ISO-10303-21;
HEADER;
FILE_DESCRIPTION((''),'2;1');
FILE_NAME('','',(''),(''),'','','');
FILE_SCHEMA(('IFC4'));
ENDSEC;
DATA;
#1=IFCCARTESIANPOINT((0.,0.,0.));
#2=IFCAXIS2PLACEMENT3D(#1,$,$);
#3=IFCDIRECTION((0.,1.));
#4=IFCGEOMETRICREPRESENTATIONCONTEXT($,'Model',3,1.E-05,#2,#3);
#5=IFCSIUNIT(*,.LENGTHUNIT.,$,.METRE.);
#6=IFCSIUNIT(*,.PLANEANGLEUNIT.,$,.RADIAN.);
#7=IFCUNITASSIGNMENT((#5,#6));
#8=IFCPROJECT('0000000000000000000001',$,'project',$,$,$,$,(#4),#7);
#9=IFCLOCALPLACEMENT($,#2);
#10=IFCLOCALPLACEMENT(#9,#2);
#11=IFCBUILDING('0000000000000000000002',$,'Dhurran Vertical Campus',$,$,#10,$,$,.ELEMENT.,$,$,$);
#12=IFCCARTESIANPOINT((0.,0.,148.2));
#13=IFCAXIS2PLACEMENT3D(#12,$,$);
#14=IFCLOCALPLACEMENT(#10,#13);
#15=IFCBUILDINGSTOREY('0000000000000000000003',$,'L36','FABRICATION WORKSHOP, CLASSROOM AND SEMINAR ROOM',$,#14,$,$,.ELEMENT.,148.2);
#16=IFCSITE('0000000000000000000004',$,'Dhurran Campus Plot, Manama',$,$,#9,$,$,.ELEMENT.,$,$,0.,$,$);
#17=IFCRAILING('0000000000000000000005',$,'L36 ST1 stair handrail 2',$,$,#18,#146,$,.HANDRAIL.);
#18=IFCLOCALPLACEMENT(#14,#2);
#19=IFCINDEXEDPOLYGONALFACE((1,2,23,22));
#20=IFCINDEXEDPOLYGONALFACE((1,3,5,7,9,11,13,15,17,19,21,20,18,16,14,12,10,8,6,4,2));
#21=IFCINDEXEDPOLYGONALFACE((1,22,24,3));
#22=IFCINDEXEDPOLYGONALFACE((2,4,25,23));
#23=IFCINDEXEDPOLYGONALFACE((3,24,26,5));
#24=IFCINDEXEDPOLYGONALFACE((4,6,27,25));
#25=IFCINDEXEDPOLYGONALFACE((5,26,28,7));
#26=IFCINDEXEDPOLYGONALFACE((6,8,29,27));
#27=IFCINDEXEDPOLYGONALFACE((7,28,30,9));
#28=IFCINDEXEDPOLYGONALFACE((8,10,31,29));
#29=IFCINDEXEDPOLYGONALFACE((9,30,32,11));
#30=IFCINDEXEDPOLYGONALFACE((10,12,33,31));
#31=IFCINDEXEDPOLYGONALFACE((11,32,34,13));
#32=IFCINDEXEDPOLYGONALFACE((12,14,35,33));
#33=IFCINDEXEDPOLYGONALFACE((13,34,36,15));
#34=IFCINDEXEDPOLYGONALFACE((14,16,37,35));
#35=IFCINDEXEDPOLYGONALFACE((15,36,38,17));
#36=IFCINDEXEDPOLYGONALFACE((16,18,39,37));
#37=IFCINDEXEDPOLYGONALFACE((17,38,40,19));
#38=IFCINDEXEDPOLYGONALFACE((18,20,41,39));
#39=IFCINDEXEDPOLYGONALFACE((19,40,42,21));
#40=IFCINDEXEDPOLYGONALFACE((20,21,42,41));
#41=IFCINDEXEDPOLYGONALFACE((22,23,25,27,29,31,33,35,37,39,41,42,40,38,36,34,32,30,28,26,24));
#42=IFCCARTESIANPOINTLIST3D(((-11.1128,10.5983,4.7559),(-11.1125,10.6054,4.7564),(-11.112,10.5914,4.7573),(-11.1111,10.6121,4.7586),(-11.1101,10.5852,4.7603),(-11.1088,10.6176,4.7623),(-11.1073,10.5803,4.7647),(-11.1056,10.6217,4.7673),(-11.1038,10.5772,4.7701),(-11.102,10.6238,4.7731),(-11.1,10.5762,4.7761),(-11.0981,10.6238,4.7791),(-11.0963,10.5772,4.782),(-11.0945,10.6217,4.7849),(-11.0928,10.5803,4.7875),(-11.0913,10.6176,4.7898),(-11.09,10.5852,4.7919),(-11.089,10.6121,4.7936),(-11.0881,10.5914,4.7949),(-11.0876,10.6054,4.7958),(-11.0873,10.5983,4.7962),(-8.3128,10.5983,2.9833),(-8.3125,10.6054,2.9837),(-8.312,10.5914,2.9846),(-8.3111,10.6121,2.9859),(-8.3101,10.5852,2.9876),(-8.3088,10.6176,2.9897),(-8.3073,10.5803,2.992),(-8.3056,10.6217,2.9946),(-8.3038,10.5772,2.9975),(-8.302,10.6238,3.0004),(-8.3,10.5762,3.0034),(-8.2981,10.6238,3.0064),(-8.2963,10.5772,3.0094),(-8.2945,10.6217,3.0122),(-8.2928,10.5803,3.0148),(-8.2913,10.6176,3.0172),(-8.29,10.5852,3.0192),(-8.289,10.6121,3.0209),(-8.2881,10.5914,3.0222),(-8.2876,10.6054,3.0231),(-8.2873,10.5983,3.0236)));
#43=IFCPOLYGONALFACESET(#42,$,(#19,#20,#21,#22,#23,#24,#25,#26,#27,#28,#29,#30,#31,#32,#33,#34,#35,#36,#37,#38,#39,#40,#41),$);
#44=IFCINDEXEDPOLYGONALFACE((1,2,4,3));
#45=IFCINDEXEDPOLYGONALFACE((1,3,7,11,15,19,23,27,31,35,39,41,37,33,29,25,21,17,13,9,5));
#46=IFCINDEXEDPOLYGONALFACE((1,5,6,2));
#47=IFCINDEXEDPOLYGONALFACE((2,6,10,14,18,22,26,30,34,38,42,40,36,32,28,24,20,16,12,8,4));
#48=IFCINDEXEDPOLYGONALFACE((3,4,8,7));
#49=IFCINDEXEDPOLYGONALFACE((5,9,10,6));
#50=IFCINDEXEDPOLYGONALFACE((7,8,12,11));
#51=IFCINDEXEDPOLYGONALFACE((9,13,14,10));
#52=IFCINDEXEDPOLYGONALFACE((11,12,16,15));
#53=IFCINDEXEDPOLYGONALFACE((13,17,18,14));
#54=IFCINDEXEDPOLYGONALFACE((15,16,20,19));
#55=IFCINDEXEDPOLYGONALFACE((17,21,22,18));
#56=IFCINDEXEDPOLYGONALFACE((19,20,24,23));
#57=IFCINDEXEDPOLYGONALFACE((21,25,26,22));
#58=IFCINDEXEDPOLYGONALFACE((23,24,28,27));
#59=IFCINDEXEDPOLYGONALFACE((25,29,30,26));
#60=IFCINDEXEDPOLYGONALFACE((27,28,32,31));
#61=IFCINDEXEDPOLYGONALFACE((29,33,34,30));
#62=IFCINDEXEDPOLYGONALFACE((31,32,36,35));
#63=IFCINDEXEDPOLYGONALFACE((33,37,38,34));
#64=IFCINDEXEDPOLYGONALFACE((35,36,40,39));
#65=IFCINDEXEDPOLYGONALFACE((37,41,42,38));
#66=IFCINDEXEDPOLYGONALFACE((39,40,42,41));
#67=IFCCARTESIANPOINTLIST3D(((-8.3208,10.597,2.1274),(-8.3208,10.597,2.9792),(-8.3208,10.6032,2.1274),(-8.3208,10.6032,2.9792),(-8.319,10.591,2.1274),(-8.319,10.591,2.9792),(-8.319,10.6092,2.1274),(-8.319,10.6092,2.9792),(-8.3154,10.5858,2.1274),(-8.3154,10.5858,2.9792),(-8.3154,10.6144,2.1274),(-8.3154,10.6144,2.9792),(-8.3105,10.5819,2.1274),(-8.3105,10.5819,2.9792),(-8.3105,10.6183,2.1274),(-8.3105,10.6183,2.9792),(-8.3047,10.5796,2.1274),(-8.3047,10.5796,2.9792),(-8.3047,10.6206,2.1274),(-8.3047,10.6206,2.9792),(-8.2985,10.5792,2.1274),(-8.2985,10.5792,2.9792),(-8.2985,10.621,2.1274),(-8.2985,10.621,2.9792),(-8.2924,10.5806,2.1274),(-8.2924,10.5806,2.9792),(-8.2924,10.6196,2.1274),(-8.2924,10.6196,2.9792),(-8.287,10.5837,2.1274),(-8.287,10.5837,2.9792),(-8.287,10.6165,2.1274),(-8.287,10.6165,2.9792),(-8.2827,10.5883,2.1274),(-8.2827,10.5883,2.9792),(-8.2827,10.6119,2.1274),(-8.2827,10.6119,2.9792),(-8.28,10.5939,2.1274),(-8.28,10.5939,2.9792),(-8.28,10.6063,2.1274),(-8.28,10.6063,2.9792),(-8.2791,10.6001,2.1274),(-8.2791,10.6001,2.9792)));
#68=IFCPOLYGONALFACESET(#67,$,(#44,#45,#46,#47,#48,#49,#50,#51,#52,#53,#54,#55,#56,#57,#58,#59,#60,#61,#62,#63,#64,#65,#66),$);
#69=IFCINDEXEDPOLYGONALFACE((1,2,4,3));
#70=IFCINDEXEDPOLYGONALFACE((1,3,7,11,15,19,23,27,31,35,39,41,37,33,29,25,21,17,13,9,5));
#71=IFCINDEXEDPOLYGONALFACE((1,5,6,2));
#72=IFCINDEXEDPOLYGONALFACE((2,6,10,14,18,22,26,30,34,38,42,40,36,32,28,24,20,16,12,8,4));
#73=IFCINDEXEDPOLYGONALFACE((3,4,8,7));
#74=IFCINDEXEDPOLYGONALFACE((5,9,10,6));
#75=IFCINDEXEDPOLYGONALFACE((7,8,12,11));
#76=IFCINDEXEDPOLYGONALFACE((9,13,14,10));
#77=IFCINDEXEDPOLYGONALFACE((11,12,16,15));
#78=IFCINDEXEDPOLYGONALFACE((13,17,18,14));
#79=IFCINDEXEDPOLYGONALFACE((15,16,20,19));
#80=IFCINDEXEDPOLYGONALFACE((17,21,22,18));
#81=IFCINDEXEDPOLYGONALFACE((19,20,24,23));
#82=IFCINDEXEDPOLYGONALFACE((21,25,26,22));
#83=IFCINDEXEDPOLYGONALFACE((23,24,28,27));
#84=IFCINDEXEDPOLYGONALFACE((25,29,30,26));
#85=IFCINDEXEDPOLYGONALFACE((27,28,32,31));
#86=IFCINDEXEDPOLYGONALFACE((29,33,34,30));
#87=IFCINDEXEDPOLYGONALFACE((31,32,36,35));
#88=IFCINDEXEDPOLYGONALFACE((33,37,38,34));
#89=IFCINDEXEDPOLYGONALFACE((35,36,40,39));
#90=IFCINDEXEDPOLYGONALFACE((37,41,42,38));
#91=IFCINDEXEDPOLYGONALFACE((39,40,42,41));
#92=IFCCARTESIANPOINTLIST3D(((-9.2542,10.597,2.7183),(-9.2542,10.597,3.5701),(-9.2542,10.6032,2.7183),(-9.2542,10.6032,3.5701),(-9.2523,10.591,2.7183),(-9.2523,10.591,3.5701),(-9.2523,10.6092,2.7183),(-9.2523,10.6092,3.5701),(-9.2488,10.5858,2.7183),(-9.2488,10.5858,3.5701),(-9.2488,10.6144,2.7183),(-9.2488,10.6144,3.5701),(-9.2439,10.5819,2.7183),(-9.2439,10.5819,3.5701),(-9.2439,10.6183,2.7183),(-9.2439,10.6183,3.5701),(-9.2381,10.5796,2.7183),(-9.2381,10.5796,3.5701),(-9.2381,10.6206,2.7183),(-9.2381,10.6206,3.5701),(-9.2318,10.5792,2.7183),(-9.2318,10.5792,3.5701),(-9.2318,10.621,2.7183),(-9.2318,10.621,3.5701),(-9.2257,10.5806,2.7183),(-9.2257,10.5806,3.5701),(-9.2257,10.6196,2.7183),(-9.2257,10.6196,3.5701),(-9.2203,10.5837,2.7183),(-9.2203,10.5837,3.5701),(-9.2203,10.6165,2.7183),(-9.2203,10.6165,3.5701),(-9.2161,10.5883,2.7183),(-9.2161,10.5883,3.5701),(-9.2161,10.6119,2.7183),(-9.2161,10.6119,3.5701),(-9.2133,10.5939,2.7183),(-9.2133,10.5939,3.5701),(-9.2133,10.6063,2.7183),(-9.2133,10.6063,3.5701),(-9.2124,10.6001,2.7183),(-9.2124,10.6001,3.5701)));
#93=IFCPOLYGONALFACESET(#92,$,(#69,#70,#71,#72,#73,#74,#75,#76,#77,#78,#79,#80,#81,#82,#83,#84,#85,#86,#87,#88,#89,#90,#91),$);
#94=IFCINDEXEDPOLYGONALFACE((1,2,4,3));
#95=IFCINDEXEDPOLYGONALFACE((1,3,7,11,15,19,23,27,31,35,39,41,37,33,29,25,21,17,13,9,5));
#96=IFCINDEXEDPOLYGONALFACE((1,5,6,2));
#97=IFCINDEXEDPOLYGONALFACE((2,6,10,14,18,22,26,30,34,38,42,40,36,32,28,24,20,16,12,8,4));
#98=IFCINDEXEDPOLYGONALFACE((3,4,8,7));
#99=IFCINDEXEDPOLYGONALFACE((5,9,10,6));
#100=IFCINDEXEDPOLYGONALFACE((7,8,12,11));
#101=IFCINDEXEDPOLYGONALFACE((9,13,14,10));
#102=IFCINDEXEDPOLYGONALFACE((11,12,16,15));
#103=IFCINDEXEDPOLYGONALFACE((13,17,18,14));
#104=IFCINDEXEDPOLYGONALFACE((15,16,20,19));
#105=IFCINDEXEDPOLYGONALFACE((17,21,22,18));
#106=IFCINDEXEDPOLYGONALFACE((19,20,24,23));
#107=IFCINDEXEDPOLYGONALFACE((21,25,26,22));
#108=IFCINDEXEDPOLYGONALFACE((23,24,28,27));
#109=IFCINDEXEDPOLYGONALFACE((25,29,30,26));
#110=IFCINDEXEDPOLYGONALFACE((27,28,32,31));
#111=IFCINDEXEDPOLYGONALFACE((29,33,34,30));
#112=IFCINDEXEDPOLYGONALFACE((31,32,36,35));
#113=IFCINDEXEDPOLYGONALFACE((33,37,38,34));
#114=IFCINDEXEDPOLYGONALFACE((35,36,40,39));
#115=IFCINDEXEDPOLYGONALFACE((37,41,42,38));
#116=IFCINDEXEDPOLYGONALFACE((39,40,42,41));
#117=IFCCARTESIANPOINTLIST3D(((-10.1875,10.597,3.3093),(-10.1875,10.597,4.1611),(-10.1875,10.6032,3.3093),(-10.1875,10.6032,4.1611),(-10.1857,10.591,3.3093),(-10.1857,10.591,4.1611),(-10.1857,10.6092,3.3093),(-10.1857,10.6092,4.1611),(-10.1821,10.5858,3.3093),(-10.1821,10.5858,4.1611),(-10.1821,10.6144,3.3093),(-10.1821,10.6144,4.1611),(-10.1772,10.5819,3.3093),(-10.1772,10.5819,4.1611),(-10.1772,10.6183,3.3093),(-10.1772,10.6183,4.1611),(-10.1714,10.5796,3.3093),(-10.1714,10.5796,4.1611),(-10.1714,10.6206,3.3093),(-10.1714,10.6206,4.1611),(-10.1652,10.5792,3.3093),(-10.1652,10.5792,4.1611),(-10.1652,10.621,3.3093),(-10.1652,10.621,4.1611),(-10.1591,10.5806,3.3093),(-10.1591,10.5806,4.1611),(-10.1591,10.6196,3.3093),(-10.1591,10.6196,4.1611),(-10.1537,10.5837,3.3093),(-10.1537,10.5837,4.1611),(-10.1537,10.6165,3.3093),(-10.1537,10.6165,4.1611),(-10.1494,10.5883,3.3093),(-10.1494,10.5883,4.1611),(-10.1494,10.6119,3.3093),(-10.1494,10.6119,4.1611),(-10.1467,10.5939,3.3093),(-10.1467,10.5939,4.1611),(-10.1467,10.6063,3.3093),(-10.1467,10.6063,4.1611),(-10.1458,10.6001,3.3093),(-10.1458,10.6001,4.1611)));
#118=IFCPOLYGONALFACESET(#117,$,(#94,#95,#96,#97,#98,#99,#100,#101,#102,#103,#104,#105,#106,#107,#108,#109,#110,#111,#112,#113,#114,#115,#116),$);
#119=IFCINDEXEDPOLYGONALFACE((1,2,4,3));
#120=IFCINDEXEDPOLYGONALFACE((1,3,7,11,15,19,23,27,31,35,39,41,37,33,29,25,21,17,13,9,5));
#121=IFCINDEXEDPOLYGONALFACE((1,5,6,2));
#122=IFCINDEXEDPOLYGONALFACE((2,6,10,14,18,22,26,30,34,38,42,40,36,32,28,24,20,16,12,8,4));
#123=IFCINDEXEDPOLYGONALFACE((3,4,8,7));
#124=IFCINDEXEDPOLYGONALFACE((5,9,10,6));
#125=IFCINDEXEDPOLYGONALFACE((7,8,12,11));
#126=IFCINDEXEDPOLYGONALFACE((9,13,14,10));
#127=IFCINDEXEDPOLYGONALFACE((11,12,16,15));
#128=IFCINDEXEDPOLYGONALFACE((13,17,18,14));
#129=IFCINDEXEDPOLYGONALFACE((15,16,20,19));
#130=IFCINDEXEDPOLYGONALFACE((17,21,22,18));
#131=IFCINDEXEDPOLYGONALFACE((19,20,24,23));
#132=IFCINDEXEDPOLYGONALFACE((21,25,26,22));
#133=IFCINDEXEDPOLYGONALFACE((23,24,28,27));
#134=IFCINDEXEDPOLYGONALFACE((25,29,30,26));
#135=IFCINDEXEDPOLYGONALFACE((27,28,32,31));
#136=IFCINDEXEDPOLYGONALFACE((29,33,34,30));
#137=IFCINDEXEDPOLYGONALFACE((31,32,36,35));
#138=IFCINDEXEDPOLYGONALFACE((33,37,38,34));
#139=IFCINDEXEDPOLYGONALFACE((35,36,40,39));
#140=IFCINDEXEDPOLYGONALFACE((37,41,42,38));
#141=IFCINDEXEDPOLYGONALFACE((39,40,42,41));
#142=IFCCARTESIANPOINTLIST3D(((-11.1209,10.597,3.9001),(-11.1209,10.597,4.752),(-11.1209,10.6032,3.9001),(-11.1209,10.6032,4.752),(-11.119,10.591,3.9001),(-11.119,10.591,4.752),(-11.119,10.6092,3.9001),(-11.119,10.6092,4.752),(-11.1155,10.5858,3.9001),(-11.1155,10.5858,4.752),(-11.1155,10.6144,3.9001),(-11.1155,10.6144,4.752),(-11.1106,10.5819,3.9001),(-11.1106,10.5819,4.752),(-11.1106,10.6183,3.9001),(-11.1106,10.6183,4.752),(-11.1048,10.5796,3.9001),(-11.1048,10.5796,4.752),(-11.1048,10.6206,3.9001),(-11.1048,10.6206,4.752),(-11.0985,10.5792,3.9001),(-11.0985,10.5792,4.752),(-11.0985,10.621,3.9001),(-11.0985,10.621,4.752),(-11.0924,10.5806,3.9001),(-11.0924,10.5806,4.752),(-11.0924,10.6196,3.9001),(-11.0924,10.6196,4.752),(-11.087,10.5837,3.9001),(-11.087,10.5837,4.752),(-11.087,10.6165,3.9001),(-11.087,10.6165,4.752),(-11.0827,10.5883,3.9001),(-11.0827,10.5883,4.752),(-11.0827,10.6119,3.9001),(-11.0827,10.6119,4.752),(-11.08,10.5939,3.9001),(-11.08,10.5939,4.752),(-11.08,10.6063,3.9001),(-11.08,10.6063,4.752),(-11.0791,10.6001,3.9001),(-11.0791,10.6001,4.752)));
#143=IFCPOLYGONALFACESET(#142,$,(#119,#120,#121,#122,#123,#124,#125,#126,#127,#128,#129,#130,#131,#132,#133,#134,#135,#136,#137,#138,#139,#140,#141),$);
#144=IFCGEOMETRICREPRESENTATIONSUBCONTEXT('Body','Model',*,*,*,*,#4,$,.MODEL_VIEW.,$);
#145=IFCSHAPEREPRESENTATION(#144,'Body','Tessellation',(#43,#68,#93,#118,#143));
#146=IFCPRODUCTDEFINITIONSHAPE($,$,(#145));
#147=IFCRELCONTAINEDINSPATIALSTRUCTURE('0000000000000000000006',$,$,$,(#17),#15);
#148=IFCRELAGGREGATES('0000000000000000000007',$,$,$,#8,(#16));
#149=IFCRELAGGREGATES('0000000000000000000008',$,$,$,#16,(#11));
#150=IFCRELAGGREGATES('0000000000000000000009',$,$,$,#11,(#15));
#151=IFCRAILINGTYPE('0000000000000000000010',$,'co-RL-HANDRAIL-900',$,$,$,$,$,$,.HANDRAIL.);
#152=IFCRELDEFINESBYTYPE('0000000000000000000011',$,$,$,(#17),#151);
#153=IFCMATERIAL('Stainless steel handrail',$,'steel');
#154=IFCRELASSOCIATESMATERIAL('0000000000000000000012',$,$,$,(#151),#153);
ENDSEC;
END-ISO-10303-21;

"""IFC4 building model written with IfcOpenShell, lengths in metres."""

from ifc_helpers import new_model, si_unit, direction, frame, origin, origin_2d, place, context, subcontext, project, spatial, circle, extrude, material, type_object, element, save


model = new_model("IFC4")

# Units and contexts
model_context = context("Model", 3, precision=1e-05, world=origin(), true_north=direction((0.0, 1.0)))
body_context = subcontext(model_context, "Body", "Model", "MODEL_VIEW")
ifc_project = project(units=[si_unit("LENGTHUNIT", "METRE"), si_unit("PLANEANGLEUNIT", "RADIAN")], contexts=[model_context])

# Site, building, storey
site_placement = place(None, origin())
site = spatial("IfcSite", under=ifc_project, at=site_placement, Name="Dhurran Campus Plot, Manama", CompositionType="ELEMENT", RefElevation=0.0)
building_placement = place(site_placement, origin())
building = spatial("IfcBuilding", under=site, at=building_placement, Name="Dhurran Vertical Campus", CompositionType="ELEMENT")
storey_placement = place(building_placement, frame((0.0, 0.0, 148.2)))
storey = spatial("IfcBuildingStorey", under=building, at=storey_placement, Name="L36", Description="FABRICATION WORKSHOP, CLASSROOM AND SEMINAR ROOM", CompositionType="ELEMENT", Elevation=148.2)

# Railing
ifc_material_1 = material(Name="Stainless steel handrail", Category="steel")
railing_type_1 = type_object("IfcRailingType", Name="co-RL-HANDRAIL-900", PredefinedType="HANDRAIL", material=ifc_material_1)
railing_1_placement = place(storey_placement, frame((-8.3, 10.6001, 2.1274)))
element("IfcRailing", 1, at=railing_1_placement, inside=storey, type_object=railing_type_1, Name="L36 ST1 stair handrail 2", PredefinedType="HANDRAIL", context=body_context, shape_type="SweptSolid", body=[
    extrude(circle(Radius=0.0239, at=origin_2d()), frame((0.0, 0.0, 0.876), z_axis=(-0.844909, 0.0, 0.53491), x_axis=(0.0, -1.0, 0.0)), (0.0, 0.0, 1.0), 3.314),
    extrude(circle(Radius=0.021, at=origin_2d()), origin(), (0.0, 0.0, 1.0), 0.8518),
    extrude(circle(Radius=0.021, at=origin_2d()), frame((-0.9333, 0.0, 0.5908)), (0.0, 0.0, 1.0), 0.8518),
    extrude(circle(Radius=0.021, at=origin_2d()), frame((-1.8667, 0.0, 1.1819)), (0.0, 0.0, 1.0), 0.8518),
    extrude(circle(Radius=0.021, at=origin_2d()), frame((-2.8, 0.0, 1.7727)), (0.0, 0.0, 1.0), 0.8518),
])

save(model, "model.ifc")
